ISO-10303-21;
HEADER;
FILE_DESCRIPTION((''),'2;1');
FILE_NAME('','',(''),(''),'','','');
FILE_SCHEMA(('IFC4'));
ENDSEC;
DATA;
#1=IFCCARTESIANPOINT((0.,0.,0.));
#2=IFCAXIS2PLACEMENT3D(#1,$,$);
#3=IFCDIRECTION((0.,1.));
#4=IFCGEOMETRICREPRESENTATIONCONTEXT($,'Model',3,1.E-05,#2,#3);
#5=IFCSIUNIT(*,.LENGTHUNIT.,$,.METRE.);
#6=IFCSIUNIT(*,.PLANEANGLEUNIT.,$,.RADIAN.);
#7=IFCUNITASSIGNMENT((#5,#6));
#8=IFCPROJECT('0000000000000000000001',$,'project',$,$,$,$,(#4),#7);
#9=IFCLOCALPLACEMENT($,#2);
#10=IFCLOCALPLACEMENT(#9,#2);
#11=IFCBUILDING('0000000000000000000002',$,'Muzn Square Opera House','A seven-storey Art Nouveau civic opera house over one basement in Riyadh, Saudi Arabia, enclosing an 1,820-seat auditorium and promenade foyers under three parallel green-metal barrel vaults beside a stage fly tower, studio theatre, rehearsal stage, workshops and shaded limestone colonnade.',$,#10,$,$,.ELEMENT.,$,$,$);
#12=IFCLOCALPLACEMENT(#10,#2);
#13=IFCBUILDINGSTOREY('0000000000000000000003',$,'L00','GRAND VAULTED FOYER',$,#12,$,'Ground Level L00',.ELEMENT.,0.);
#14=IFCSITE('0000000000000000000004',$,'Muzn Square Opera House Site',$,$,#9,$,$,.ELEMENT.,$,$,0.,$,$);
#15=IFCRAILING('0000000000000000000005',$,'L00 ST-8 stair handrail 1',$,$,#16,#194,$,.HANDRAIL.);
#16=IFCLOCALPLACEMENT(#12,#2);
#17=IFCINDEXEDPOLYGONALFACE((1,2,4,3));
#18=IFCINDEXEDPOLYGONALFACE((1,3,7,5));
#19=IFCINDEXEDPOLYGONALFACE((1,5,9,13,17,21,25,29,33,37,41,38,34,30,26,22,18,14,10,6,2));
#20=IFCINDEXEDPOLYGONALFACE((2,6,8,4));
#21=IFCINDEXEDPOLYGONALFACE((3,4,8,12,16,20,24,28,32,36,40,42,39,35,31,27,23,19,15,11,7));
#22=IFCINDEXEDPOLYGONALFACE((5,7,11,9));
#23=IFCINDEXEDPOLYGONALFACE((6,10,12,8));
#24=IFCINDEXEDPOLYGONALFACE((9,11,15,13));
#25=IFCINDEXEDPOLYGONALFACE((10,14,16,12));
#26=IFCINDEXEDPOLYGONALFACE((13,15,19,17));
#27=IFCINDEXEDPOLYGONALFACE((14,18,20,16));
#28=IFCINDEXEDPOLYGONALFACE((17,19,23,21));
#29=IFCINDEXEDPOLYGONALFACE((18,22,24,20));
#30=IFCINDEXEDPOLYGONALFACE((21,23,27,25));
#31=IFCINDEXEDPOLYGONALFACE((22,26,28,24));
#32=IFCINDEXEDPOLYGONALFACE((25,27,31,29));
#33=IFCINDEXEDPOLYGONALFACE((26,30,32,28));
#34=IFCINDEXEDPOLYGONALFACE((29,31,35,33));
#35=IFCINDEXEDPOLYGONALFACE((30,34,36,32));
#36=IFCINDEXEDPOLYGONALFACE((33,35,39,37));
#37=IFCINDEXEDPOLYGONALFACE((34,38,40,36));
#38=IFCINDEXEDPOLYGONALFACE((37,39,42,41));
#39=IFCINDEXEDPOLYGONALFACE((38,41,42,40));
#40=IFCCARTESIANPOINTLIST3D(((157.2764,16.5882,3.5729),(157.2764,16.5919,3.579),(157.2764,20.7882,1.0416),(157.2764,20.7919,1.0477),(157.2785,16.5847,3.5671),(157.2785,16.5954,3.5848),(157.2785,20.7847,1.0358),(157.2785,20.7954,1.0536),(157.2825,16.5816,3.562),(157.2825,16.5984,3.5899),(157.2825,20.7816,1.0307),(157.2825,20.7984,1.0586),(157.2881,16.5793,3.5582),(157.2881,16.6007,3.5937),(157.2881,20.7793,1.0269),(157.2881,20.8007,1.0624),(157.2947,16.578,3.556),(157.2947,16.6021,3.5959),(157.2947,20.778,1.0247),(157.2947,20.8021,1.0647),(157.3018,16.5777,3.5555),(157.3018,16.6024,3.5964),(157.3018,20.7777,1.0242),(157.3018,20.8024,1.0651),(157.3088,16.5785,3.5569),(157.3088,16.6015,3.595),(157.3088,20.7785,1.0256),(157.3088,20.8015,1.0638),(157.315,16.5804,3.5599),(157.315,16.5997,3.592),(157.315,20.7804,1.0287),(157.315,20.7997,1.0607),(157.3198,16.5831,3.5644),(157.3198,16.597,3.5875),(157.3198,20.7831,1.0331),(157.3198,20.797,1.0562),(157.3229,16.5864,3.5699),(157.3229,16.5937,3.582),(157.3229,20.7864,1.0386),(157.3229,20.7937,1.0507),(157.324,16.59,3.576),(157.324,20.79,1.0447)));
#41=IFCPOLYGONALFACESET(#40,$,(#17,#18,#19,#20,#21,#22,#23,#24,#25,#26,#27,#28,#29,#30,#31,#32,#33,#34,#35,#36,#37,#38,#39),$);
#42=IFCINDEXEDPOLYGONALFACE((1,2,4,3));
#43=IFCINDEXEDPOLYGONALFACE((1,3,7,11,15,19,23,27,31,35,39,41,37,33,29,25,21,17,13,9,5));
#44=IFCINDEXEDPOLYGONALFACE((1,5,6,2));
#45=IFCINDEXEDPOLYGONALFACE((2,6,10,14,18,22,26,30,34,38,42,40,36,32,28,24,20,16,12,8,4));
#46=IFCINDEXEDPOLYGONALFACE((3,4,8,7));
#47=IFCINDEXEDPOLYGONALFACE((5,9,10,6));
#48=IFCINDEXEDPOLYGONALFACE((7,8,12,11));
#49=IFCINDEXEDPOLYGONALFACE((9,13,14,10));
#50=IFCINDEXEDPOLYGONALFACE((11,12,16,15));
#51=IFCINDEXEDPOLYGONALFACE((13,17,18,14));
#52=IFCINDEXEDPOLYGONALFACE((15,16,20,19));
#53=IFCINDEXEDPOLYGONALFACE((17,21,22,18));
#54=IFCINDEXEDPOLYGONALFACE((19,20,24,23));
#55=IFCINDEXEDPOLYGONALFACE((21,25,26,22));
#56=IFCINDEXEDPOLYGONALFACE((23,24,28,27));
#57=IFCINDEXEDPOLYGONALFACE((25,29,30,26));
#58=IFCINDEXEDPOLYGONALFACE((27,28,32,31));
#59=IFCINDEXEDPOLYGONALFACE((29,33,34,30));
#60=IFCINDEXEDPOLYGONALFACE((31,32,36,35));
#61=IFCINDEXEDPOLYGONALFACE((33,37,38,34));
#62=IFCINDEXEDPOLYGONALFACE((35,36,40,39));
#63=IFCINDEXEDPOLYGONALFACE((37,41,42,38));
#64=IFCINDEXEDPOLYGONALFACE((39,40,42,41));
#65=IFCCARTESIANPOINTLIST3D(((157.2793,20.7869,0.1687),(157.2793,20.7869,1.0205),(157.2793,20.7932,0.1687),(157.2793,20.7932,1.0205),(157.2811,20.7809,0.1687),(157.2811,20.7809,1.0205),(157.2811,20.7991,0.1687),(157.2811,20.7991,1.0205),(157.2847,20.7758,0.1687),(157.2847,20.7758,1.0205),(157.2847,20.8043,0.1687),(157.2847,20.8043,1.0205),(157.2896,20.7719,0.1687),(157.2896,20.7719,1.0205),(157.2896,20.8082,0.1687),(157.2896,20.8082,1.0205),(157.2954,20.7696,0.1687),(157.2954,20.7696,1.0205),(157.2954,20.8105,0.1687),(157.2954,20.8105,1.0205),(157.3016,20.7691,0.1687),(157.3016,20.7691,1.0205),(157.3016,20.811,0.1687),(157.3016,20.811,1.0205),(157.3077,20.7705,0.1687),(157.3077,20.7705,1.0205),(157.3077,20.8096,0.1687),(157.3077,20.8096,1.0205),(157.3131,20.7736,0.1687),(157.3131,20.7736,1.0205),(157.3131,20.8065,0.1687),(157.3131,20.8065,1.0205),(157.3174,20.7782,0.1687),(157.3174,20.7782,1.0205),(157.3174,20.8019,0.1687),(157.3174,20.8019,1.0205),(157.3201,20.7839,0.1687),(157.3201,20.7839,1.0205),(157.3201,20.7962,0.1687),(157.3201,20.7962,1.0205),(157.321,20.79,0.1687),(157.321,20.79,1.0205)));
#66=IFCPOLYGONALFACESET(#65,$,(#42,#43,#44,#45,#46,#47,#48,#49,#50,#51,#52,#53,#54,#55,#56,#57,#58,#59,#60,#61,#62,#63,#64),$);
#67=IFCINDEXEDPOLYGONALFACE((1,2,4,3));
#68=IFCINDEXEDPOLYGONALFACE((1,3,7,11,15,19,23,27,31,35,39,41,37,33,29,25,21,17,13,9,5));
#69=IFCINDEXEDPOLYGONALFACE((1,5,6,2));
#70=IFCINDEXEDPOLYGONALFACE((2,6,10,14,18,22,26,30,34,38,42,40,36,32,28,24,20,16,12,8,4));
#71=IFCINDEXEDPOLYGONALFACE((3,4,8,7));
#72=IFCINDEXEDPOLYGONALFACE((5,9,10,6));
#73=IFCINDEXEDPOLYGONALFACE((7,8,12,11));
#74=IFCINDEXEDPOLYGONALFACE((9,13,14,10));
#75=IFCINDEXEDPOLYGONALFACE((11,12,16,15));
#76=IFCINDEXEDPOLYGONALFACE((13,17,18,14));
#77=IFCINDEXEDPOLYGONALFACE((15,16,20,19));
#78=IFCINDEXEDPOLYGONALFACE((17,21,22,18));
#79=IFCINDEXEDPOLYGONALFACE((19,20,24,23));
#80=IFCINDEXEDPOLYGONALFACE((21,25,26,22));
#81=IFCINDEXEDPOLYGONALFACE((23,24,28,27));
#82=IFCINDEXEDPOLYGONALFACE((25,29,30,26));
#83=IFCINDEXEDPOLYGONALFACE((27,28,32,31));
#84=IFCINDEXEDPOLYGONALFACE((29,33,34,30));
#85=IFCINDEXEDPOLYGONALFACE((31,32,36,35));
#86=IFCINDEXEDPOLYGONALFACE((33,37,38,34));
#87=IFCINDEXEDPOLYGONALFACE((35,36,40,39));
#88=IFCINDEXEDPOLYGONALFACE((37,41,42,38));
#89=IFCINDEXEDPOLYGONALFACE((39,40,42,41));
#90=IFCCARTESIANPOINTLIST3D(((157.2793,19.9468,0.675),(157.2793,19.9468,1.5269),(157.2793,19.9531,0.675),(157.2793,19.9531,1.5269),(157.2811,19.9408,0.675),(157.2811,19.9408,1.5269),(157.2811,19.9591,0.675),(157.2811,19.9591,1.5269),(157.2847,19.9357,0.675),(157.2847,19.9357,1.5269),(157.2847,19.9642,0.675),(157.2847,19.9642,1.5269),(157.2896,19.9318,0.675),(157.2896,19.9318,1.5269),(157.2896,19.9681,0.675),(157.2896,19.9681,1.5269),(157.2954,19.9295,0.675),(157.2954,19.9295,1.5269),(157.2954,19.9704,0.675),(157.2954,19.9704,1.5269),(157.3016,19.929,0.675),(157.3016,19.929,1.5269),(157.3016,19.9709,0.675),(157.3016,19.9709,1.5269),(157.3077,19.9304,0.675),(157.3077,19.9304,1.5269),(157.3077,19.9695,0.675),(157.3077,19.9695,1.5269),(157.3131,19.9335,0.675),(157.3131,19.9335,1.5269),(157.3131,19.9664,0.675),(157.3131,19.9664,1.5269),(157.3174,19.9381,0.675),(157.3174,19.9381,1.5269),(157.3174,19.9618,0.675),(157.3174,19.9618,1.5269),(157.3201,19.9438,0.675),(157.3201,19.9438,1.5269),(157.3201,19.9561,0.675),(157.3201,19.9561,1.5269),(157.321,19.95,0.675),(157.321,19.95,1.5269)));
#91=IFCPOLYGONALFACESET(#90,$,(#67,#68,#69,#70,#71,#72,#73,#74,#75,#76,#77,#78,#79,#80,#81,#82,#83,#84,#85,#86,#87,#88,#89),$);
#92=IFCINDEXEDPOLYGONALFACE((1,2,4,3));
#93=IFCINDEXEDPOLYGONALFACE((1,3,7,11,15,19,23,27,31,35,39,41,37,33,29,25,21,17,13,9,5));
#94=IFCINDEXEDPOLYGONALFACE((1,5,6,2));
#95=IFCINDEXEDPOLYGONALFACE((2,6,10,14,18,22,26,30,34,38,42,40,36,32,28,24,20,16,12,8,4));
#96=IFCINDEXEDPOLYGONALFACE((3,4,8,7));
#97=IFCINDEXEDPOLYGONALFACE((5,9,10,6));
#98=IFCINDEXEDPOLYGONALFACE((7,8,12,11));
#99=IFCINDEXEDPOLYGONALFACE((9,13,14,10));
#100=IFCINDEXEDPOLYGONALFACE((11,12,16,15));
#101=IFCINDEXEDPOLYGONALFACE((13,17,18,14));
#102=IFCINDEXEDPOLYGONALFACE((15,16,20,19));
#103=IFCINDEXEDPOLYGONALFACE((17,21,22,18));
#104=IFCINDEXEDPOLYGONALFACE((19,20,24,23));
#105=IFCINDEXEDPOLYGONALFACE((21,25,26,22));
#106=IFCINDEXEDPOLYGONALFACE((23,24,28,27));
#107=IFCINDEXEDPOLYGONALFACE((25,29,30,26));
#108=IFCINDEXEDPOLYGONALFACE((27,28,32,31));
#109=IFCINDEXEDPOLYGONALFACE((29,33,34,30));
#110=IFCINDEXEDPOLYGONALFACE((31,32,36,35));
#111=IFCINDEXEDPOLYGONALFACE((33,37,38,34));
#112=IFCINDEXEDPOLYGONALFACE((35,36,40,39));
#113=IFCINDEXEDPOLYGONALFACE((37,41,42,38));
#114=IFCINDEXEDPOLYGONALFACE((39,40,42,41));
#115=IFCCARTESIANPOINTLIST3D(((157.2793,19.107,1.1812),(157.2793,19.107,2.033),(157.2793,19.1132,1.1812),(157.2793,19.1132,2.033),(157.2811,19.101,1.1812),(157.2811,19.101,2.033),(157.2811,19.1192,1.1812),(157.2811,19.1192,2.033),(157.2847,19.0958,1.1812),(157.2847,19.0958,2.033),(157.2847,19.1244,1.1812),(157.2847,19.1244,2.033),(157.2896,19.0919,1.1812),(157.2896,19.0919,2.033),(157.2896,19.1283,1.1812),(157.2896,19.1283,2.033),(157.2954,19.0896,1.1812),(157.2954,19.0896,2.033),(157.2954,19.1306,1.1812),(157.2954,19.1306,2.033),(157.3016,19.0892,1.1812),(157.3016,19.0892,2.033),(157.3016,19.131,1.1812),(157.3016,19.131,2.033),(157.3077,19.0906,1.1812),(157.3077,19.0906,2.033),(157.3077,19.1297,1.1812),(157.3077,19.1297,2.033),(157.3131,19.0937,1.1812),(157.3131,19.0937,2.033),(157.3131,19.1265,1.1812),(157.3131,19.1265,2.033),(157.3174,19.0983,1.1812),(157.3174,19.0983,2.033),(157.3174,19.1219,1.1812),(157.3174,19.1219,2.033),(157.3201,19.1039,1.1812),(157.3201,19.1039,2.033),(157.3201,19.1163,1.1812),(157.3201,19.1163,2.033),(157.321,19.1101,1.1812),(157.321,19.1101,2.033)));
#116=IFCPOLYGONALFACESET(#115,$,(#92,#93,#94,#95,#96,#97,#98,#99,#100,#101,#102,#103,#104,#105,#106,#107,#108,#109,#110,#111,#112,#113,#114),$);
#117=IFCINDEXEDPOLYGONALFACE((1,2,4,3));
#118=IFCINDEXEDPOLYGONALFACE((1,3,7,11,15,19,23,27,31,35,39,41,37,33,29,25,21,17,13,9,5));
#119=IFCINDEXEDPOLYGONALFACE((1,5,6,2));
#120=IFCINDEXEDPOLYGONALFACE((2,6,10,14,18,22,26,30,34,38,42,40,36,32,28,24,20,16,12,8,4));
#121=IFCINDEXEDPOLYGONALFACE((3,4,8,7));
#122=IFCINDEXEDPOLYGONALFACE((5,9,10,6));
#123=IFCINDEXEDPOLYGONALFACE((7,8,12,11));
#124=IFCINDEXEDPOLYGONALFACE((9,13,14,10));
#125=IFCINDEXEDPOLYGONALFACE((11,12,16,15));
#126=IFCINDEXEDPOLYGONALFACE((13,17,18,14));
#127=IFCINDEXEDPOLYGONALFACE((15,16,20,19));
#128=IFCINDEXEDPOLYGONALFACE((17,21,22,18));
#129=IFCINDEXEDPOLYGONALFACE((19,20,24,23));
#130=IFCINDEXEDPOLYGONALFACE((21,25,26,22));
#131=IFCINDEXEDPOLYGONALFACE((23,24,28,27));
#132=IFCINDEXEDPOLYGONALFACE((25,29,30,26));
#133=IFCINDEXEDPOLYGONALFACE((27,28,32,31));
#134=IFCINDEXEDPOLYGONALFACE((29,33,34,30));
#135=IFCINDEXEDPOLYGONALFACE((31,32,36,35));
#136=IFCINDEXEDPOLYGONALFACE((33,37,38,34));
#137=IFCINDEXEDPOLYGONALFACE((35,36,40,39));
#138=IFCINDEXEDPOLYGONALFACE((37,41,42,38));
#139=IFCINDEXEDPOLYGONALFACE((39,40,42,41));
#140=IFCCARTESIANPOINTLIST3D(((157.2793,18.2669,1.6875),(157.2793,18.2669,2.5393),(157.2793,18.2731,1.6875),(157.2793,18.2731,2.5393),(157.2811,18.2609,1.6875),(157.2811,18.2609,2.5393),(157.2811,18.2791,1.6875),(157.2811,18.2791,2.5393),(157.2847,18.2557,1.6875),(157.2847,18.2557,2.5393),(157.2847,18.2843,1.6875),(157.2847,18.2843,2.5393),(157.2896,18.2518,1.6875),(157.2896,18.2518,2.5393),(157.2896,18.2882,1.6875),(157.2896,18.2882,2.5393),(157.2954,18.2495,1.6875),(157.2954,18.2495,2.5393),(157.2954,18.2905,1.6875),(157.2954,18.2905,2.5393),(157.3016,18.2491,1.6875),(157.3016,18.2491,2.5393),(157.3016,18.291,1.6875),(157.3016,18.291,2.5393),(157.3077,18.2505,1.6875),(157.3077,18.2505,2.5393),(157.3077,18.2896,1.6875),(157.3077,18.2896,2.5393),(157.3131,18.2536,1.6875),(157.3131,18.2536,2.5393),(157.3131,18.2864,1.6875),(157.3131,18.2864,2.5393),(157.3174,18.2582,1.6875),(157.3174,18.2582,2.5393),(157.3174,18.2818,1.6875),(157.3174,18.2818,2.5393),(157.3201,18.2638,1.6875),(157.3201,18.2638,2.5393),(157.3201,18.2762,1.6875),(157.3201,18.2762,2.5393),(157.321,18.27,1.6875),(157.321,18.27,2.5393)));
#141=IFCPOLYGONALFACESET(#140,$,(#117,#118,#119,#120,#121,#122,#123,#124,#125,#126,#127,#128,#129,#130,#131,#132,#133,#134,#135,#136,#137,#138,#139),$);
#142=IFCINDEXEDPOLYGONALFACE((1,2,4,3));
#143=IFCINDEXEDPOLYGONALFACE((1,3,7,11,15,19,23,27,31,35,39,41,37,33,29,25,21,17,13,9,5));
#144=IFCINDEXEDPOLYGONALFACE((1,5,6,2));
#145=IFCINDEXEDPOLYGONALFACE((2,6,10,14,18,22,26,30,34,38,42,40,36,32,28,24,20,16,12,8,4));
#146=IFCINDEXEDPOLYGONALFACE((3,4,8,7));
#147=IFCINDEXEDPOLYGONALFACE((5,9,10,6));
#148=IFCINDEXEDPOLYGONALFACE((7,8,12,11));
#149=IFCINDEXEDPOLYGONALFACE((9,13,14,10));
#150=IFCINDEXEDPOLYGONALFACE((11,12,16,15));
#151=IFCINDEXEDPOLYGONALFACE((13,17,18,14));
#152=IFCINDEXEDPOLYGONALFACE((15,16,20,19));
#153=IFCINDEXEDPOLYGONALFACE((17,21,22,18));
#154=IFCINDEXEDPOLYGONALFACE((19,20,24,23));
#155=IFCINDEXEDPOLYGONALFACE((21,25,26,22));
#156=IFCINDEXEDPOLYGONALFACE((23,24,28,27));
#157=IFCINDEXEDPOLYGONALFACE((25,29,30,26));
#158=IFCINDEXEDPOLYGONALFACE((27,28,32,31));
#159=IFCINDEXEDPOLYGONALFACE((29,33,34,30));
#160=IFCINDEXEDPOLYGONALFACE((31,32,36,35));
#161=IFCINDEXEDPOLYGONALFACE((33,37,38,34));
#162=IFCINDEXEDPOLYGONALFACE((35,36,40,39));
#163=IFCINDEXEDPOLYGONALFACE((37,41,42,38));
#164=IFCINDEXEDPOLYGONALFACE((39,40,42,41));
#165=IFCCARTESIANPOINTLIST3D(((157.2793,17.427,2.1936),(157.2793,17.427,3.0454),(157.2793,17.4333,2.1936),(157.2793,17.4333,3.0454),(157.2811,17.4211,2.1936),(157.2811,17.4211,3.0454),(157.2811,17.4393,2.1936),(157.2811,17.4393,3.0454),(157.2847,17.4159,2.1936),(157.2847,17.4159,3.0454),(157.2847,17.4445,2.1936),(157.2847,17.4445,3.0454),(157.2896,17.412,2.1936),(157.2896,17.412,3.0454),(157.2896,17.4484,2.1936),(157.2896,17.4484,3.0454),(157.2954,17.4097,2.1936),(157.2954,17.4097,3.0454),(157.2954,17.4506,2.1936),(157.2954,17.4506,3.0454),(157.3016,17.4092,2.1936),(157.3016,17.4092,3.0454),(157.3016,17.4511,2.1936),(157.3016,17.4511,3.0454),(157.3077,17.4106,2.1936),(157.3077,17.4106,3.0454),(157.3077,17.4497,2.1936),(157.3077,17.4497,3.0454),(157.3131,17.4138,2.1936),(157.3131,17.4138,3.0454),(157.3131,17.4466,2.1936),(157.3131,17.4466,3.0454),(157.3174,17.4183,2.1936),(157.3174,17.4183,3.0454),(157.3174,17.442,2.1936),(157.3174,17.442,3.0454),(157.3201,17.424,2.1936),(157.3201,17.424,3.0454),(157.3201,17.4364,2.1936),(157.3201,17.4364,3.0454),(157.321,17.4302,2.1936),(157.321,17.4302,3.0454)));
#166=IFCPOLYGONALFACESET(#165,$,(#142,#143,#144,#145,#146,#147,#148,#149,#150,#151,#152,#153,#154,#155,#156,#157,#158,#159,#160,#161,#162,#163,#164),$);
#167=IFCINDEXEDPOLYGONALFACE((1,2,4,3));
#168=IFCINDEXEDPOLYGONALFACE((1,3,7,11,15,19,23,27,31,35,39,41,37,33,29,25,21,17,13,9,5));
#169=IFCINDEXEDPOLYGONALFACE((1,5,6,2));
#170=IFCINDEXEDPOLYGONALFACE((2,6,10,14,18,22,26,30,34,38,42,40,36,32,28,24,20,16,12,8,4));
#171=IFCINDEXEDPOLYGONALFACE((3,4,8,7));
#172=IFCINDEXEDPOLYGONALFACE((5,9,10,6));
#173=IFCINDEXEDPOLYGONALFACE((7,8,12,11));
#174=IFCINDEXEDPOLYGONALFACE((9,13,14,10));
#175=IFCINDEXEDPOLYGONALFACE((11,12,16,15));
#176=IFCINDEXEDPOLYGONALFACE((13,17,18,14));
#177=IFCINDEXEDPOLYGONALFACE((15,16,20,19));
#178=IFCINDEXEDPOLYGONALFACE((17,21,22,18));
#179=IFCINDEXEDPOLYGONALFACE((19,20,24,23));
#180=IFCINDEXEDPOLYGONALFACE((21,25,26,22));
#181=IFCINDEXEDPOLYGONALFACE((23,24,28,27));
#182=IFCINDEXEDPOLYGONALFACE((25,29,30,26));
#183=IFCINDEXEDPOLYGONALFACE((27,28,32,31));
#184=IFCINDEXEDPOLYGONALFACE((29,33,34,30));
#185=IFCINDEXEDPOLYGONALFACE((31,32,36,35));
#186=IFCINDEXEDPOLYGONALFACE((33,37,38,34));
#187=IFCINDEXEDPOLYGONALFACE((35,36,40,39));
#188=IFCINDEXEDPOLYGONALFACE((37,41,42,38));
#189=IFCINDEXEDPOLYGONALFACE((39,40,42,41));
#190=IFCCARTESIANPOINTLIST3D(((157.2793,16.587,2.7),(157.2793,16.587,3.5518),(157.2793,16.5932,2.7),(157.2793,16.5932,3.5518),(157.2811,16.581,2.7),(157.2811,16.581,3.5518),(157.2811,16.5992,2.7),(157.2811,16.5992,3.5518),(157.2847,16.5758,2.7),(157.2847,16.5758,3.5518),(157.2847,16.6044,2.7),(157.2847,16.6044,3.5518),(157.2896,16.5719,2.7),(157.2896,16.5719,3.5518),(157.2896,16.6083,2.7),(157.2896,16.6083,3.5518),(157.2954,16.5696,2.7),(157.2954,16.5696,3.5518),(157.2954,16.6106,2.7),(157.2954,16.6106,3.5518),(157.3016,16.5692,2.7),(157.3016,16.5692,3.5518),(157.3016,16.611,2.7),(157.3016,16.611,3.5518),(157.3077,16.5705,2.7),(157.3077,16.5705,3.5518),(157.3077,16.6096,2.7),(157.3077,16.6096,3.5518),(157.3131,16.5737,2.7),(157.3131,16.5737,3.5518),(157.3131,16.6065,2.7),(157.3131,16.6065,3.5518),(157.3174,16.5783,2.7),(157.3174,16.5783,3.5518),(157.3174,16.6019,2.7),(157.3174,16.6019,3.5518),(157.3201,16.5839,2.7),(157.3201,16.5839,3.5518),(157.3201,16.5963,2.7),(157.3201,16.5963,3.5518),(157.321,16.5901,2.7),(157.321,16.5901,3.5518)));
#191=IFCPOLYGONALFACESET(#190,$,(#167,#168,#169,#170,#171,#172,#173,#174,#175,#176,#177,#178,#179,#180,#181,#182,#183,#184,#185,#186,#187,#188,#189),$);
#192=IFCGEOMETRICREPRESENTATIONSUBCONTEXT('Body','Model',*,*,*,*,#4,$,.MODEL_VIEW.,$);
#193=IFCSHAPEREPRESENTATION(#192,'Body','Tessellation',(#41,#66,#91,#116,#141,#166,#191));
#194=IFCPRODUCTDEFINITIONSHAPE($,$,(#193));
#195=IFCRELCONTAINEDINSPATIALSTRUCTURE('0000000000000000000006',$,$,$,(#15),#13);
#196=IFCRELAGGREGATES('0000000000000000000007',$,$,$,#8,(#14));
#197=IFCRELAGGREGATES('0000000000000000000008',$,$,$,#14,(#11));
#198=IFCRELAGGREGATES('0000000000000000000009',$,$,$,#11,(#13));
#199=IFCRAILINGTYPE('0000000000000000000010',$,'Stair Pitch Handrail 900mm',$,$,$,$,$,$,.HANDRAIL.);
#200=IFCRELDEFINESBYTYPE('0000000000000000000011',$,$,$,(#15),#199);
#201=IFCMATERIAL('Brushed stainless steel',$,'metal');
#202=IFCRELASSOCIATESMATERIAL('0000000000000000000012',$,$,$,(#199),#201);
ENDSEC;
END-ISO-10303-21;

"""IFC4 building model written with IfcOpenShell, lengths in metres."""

from ifc_helpers import new_model, si_unit, direction, frame, origin, origin_2d, place, context, subcontext, project, spatial, circle, extrude, material, type_object, element, save


model = new_model("IFC4")

# Units and contexts
model_context = context("Model", 3, precision=1e-05, world=origin(), true_north=direction((0.0, 1.0)))
body_context = subcontext(model_context, "Body", "Model", "MODEL_VIEW")
ifc_project = project(units=[si_unit("LENGTHUNIT", "METRE"), si_unit("PLANEANGLEUNIT", "RADIAN")], contexts=[model_context])

# Site, building, storey
site_placement = place(None, origin())
site = spatial("IfcSite", under=ifc_project, at=site_placement, Name="Muzn Square Opera House Site", CompositionType="ELEMENT", RefElevation=0.0)
building_placement = place(site_placement, origin())
building = spatial("IfcBuilding", under=site, at=building_placement, Name="Muzn Square Opera House", Description="A seven-storey Art Nouveau civic opera house over one basement in Riyadh, Saudi Arabia, enclosing an 1,820-seat auditorium and promenade foyers under three parallel green-metal barrel vaults beside a stage fly tower, studio theatre, rehearsal stage, workshops and shaded limestone colonnade.", CompositionType="ELEMENT")
storey_placement = place(building_placement, origin())
storey = spatial("IfcBuildingStorey", under=building, at=storey_placement, Name="L00", Description="GRAND VAULTED FOYER", LongName="Ground Level L00", CompositionType="ELEMENT", Elevation=0.0)

# Railing
ifc_material_1 = material(Name="Brushed stainless steel", Category="metal")
railing_type_1 = type_object("IfcRailingType", Name="Stair Pitch Handrail 900mm", PredefinedType="HANDRAIL", material=ifc_material_1)
railing_1_placement = place(storey_placement, frame((157.3, 20.79, 0.1687)))
element("IfcRailing", 1, at=railing_1_placement, inside=storey, type_object=railing_type_1, Name="L00 ST-8 stair handrail 1", PredefinedType="HANDRAIL", context=body_context, shape_type="SweptSolid", body=[
    extrude(circle(Radius=0.0239, at=origin_2d()), frame((0.0, 0.0, 0.876), z_axis=(0.0, -0.856476, 0.516186), x_axis=(1.0, 0.0, 0.0)), (0.0, 0.0, 1.0), 4.9038),
    extrude(circle(Radius=0.021, at=origin_2d()), origin(), (0.0, 0.0, 1.0), 0.8518),
    extrude(circle(Radius=0.021, at=origin_2d()), frame((0.0, -0.8401, 0.5063)), (0.0, 0.0, 1.0), 0.8518),
    extrude(circle(Radius=0.021, at=origin_2d()), frame((0.0, -1.6799, 1.0125)), (0.0, 0.0, 1.0), 0.8518),
    extrude(circle(Radius=0.021, at=origin_2d()), frame((0.0, -2.52, 1.5188)), (0.0, 0.0, 1.0), 0.8518),
    extrude(circle(Radius=0.021, at=origin_2d()), frame((0.0, -3.3599, 2.0249)), (0.0, 0.0, 1.0), 0.8518),
    extrude(circle(Radius=0.021, at=origin_2d()), frame((0.0, -4.2, 2.5312)), (0.0, 0.0, 1.0), 0.8518),
])

save(model, "model.ifc")
